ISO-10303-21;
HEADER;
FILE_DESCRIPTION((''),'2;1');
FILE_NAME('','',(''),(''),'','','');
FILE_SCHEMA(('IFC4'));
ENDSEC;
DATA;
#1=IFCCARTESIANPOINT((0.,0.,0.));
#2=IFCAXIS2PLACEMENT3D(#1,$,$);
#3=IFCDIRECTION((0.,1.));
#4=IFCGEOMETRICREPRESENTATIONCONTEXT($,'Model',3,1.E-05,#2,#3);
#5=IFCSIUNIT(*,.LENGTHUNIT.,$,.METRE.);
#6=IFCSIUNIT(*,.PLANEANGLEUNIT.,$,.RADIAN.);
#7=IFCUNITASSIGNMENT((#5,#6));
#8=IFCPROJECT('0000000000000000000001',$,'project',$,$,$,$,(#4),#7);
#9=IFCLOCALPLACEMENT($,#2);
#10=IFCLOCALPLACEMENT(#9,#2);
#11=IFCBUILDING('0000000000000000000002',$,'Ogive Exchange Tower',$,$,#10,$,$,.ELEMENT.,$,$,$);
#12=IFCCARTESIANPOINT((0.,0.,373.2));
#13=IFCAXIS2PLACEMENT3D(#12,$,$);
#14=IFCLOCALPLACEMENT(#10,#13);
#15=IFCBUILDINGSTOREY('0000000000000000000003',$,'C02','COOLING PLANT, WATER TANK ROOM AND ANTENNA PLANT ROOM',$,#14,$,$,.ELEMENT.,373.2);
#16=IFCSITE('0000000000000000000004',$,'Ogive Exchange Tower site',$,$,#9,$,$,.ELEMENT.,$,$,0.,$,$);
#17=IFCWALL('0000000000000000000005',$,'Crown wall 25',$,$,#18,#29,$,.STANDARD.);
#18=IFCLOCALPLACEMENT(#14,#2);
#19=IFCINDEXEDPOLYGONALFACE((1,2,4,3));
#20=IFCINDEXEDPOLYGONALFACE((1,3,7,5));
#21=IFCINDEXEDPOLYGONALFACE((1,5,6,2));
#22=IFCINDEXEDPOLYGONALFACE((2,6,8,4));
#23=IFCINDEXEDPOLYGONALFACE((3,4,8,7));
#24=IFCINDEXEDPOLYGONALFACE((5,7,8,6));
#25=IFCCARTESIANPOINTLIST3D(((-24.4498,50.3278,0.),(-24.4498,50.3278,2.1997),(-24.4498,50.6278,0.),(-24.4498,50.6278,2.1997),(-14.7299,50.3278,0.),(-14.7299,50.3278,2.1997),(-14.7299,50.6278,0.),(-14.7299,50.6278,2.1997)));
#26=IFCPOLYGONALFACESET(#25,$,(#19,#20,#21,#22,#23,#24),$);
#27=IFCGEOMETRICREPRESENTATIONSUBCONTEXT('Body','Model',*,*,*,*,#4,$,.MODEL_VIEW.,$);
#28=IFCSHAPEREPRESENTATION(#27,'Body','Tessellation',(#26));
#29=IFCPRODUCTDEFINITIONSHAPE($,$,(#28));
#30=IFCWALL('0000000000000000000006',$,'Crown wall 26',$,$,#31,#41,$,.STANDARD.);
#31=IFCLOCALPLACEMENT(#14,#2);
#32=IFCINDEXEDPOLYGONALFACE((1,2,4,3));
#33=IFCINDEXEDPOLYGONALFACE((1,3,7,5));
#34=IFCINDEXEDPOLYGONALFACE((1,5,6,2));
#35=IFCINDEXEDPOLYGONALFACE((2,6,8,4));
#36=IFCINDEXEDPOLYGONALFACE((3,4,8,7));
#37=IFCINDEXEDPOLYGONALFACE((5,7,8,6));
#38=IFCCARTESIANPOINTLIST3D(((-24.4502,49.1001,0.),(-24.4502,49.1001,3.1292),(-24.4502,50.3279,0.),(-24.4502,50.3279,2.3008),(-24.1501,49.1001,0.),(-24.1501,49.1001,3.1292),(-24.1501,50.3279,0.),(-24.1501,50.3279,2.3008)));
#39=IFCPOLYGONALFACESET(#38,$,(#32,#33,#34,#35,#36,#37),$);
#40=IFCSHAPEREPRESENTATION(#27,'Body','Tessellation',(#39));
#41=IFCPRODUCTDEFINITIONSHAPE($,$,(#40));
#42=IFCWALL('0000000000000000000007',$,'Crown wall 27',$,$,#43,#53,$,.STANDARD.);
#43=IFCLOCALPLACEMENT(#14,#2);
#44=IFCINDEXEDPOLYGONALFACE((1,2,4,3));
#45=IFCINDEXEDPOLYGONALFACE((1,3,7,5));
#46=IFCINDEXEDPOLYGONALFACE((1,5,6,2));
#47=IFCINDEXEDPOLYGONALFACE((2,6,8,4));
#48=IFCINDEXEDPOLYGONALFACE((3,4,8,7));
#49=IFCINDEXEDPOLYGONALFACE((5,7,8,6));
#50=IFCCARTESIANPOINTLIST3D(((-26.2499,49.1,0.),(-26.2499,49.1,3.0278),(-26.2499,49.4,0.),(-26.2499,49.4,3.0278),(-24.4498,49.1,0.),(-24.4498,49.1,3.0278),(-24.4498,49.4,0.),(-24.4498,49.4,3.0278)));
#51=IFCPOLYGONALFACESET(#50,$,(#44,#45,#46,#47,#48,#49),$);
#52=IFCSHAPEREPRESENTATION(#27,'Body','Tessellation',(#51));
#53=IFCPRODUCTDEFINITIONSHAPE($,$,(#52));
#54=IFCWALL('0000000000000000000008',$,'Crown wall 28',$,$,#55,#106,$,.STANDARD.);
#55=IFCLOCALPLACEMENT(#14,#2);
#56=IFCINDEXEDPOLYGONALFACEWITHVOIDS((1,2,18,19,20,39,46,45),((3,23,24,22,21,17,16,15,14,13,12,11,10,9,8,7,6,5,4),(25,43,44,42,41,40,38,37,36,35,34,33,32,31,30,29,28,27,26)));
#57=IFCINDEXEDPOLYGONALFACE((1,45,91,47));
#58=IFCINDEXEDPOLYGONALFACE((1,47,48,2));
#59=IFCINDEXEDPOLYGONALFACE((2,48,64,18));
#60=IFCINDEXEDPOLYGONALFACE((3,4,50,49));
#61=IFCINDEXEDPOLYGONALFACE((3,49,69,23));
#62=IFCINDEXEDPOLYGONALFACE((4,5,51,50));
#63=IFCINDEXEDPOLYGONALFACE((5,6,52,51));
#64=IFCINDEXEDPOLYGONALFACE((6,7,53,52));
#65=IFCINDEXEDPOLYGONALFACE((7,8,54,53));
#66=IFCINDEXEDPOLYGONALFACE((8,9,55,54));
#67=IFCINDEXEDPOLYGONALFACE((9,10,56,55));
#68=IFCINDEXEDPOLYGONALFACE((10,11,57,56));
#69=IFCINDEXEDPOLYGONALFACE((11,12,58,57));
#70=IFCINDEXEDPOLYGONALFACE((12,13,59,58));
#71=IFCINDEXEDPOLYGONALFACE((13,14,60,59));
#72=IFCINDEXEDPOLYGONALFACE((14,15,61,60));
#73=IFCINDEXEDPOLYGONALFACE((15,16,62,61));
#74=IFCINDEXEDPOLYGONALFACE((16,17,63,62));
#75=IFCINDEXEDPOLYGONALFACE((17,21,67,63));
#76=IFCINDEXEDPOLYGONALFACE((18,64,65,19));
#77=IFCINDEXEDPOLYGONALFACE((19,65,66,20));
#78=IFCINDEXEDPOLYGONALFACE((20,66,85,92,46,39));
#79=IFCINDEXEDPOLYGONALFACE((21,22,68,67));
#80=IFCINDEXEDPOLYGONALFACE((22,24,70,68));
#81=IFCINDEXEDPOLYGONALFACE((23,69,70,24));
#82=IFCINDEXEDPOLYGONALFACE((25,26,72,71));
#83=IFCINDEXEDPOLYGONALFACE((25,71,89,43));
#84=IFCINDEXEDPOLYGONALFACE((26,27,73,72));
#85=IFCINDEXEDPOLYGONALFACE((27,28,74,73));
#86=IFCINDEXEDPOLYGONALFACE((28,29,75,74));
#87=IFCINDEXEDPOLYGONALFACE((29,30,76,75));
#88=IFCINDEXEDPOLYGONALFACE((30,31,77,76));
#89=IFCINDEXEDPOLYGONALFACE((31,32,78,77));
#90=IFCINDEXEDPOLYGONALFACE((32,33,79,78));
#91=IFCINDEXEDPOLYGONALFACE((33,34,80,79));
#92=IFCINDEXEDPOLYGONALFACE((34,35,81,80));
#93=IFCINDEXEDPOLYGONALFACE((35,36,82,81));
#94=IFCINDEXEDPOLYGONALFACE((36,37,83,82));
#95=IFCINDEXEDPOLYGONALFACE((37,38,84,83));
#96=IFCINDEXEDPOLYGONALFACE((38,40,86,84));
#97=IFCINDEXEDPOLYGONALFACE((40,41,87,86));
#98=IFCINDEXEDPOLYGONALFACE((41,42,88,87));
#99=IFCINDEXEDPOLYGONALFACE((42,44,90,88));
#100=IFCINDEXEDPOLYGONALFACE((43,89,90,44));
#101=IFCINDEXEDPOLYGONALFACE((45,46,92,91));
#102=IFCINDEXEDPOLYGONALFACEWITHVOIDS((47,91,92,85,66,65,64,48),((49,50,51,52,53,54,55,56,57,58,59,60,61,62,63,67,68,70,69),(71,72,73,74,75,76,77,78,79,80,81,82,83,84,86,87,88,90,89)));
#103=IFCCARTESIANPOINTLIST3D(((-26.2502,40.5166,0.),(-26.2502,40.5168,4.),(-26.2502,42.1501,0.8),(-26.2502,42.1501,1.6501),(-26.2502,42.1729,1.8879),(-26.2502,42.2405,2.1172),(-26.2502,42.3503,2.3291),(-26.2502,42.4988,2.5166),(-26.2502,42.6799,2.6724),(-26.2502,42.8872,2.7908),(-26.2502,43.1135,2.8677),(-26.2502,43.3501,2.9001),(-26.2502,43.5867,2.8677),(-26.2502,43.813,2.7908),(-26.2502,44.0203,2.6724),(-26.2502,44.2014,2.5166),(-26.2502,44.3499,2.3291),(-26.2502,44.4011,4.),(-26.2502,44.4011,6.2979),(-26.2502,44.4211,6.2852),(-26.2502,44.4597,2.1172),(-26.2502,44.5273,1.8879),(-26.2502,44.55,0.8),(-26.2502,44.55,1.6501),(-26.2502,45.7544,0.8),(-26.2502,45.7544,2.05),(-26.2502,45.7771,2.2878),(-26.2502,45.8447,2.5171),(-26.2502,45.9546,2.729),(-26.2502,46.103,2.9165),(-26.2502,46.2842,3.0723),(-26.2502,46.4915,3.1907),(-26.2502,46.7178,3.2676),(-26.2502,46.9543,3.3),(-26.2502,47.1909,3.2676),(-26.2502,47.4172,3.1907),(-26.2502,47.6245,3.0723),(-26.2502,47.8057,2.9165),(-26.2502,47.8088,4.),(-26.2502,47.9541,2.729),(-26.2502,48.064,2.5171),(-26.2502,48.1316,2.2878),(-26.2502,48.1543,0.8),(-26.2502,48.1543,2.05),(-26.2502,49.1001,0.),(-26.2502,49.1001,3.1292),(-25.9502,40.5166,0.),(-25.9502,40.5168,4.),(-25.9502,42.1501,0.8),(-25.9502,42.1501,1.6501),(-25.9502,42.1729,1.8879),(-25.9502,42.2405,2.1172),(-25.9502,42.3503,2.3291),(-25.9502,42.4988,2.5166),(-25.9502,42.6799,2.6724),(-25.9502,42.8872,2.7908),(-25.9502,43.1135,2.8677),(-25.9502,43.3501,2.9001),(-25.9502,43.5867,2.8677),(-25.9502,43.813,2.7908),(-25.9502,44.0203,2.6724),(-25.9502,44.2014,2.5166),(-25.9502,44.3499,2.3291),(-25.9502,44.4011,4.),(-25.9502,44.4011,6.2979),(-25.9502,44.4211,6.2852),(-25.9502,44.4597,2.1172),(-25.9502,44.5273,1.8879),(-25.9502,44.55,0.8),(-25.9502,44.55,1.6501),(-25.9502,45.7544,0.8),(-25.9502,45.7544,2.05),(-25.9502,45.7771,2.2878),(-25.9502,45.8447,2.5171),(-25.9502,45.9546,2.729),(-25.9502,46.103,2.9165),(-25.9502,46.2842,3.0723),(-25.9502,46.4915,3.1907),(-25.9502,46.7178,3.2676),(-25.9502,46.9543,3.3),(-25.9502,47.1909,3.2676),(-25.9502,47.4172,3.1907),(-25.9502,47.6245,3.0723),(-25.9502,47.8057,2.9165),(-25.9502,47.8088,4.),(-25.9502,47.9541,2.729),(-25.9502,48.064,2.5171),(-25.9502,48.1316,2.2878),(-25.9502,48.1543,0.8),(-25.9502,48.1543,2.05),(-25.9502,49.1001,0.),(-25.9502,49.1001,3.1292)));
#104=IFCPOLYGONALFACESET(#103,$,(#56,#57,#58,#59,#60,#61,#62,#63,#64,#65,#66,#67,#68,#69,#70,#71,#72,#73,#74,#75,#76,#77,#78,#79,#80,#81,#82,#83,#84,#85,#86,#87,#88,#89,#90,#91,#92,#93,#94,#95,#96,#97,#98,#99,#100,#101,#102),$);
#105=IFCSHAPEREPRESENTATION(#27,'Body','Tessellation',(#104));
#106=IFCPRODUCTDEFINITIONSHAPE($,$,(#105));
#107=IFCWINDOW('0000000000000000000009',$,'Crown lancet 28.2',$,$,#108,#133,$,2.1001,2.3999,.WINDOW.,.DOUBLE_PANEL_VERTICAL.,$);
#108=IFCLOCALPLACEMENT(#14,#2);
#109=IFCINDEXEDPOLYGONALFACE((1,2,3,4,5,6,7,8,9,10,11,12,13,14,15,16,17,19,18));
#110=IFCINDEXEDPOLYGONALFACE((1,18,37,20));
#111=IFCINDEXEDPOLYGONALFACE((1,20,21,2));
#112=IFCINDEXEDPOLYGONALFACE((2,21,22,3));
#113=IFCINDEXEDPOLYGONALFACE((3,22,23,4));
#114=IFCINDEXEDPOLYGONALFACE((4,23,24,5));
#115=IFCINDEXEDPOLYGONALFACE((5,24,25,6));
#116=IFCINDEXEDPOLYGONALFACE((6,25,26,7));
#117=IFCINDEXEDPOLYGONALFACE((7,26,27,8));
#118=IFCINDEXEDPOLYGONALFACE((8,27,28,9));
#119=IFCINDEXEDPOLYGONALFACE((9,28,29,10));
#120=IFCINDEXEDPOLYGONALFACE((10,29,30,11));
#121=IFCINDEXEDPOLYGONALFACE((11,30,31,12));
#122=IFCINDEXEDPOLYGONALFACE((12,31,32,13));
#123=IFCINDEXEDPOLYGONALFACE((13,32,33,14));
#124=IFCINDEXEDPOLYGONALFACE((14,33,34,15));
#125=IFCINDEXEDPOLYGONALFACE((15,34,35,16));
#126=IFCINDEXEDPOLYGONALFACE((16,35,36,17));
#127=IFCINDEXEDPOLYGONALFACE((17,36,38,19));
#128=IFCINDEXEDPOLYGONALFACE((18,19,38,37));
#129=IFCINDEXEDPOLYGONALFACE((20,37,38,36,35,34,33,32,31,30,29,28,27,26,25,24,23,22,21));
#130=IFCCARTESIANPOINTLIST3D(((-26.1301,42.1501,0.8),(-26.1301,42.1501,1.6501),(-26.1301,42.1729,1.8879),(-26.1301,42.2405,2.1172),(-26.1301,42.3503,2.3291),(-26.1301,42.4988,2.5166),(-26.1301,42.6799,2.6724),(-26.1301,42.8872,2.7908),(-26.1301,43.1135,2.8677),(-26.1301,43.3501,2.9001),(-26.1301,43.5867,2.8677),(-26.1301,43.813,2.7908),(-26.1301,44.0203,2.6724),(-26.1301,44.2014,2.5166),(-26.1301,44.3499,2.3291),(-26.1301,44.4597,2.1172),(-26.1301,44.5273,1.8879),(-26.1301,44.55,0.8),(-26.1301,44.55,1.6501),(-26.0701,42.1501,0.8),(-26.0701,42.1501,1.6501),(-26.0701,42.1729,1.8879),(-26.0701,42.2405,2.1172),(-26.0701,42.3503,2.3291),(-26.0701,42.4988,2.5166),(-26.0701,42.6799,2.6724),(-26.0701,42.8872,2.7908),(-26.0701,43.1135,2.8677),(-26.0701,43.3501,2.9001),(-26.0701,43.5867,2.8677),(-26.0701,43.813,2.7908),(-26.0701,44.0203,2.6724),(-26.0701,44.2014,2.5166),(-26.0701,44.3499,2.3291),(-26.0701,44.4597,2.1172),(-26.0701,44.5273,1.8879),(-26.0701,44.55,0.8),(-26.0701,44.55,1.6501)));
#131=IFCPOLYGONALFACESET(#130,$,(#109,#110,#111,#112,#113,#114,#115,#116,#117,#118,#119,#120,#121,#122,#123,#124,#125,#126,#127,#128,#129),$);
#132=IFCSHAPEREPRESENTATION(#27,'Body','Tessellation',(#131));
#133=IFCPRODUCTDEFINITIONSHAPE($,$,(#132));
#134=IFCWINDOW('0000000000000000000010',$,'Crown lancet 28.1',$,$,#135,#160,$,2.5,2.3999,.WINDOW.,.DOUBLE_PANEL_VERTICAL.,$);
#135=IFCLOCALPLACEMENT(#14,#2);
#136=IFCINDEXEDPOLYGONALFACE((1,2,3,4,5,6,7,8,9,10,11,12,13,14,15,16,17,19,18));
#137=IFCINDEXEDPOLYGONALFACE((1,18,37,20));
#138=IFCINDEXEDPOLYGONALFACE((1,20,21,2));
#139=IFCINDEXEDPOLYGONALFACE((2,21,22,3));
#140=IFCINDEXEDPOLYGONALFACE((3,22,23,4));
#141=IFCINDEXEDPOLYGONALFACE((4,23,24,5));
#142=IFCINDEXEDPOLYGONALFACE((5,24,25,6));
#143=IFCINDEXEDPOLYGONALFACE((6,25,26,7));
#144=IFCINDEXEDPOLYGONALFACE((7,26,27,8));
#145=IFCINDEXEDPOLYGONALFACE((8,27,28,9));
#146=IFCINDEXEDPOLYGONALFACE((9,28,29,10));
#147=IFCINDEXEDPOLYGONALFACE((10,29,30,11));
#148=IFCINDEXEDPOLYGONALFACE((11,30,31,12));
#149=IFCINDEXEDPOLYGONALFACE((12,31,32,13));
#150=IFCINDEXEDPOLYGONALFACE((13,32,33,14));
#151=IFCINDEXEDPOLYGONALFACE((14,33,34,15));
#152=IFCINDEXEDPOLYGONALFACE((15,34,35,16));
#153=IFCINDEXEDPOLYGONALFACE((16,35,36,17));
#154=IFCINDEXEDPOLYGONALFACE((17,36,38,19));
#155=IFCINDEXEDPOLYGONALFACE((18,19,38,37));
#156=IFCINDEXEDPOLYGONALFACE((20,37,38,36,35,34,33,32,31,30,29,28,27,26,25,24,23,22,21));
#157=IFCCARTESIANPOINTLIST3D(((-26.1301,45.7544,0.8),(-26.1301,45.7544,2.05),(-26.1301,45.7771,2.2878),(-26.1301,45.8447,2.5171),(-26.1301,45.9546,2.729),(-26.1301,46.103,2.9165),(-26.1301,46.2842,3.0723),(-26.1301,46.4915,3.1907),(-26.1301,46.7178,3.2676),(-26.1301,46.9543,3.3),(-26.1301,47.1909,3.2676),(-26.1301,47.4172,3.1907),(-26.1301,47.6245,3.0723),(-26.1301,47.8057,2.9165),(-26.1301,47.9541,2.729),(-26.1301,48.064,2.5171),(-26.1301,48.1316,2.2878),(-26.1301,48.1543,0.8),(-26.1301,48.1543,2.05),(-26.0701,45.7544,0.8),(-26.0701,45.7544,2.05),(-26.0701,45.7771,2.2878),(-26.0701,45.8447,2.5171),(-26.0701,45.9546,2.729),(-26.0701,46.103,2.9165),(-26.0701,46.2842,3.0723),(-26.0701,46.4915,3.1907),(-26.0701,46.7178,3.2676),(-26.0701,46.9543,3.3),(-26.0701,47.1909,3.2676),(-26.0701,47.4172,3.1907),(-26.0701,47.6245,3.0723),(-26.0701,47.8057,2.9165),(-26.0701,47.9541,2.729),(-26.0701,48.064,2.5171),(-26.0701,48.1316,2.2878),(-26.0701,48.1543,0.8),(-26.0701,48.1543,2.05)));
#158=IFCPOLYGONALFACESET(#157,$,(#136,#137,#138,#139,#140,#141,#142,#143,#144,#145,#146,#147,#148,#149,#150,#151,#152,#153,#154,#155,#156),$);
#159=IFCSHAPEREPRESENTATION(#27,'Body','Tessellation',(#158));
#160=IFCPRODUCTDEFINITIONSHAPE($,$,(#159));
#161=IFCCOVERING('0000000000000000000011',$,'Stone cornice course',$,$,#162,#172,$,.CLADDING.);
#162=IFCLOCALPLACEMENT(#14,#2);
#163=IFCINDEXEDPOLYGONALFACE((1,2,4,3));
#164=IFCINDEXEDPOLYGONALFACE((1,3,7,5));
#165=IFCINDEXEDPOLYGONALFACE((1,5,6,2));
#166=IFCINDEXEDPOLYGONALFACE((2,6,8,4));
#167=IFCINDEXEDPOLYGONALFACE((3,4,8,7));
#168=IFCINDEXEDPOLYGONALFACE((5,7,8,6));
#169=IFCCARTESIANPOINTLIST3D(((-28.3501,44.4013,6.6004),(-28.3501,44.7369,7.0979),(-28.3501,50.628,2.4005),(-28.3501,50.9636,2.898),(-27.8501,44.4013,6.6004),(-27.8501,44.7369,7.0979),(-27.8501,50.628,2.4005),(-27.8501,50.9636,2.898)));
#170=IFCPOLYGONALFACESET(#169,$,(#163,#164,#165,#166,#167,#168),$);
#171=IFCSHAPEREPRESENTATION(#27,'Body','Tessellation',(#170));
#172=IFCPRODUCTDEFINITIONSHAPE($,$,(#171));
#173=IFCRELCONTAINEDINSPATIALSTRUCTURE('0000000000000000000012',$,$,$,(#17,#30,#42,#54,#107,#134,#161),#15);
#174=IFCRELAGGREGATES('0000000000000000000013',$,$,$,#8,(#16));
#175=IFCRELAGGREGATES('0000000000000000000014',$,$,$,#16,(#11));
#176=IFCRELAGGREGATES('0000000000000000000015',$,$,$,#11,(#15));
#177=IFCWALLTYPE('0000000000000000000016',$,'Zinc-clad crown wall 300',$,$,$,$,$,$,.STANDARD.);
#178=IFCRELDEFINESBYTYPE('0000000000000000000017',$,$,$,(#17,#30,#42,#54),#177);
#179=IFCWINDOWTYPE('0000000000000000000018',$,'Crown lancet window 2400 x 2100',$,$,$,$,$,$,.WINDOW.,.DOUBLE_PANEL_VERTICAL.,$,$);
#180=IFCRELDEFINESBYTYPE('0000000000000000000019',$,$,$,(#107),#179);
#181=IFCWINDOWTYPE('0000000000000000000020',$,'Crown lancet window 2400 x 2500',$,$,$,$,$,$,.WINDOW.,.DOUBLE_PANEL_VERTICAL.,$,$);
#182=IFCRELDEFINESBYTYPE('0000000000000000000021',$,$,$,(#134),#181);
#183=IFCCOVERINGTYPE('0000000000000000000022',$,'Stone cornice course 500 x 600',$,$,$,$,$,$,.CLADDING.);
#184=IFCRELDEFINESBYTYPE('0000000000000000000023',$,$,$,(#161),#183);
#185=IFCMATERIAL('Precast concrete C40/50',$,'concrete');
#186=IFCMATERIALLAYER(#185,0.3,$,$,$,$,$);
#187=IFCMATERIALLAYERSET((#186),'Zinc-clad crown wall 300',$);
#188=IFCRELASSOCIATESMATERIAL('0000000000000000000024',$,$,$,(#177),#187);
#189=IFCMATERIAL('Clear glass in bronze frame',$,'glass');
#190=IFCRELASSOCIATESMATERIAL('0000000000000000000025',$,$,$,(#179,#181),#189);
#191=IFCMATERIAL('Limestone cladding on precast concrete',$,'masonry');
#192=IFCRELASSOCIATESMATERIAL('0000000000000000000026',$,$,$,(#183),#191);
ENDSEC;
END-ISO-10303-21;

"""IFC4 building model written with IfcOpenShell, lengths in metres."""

from ifc_helpers import new_model, si_unit, direction, frame, frame_2d, origin, origin_2d, place, context, subcontext, project, spatial, polyline, rectangle, outline, extrude, material, layer, layer_set, material_profile, profile_set, type_object, element, fill, save


model = new_model("IFC4")

# Units and contexts
model_context = context("Model", 3, precision=1e-05, world=origin(), true_north=direction((0.0, 1.0)))
body_context = subcontext(model_context, "Body", "Model", "MODEL_VIEW")
ifc_project = project(units=[si_unit("LENGTHUNIT", "METRE"), si_unit("PLANEANGLEUNIT", "RADIAN")], contexts=[model_context])

# Site, building, storey
site_placement = place(None, origin())
site = spatial("IfcSite", under=ifc_project, at=site_placement, Name="Ogive Exchange Tower site", CompositionType="ELEMENT", RefElevation=0.0)
building_placement = place(site_placement, origin())
building = spatial("IfcBuilding", under=site, at=building_placement, Name="Ogive Exchange Tower", CompositionType="ELEMENT")
storey_placement = place(building_placement, frame((0.0, 0.0, 373.2)))
storey = spatial("IfcBuildingStorey", under=building, at=storey_placement, Name="C02", Description="COOLING PLANT, WATER TANK ROOM AND ANTENNA PLANT ROOM", CompositionType="ELEMENT", Elevation=373.2)

# Walls
ifc_material_1 = material(Name="Precast concrete C40/50", Category="concrete")
ifc_layer_1 = layer(ifc_material_1, 0.3)
ifc_layer_set_1 = layer_set([ifc_layer_1], Name="Zinc-clad crown wall 300")
wall_type_1 = type_object("IfcWallType", Name="Zinc-clad crown wall 300", PredefinedType="STANDARD", material=ifc_layer_set_1)
for number, where, z_axis, x_axis, name in (
    (1, (-14.73, 50.4778, 0.0), (0.0, 0.0, 1.0), (-1.0, 0.0, 0.0), "Crown wall 25"),
):
    element("IfcWall", number, at=place(storey_placement, frame(where, z_axis=z_axis, x_axis=x_axis)), inside=storey, type_object=wall_type_1, Name=name, PredefinedType="STANDARD", context=body_context, shape_type="SweptSolid", body=[
        extrude(rectangle(XDim=9.72, YDim=0.3, at=frame_2d((4.8599, 0.0))), origin(), (0.0, 0.0, 1.0), 2.1997),
    ])
wall_1_placement = place(storey_placement, frame((-24.3, 50.3279, 0.0), z_axis=(0.0, 0.0, 1.0), x_axis=(0.0, -1.0, 0.0)))
element("IfcWall", 2, at=wall_1_placement, inside=storey, type_object=wall_type_1, Name="Crown wall 26", PredefinedType="STANDARD", context=body_context, shape_type="SweptSolid", body=[
    extrude(outline(polyline([(0.0, 0.0), (1.2278, 0.0), (1.2278, 3.1292), (0.0, 2.3008), (0.0, 0.0)])), frame((0.0, 0.1499, 0.0), z_axis=(0.0, -1.0, 0.0), x_axis=(1.0, 0.0, 0.0)), (0.0, 0.0, 1.0), 0.3),
])
wall_2_placement = place(storey_placement, frame((-24.45, 49.25, 0.0), z_axis=(0.0, 0.0, 1.0), x_axis=(-1.0, 0.0, 0.0)))
element("IfcWall", 3, at=wall_2_placement, inside=storey, type_object=wall_type_1, Name="Crown wall 27", PredefinedType="STANDARD", context=body_context, shape_type="SweptSolid", body=[
    extrude(rectangle(XDim=1.8, YDim=0.3, at=frame_2d((0.8999, 0.0))), origin(), (0.0, 0.0, 1.0), 3.0278),
])

# Wall, openings, windows
wall_3_placement = place(storey_placement, frame((-26.1001, 49.1001, 0.0), z_axis=(0.0, 0.0, 1.0), x_axis=(0.0, -1.0, 0.0)))
wall_3 = element("IfcWall", 4, at=wall_3_placement, inside=storey, type_object=wall_type_1, Name="Crown wall 28", PredefinedType="STANDARD", context=body_context, shape_type="SweptSolid", body=[
    extrude(outline(polyline([(0.0, 0.0), (8.5835, 0.0), (8.5833, 4.0), (4.699, 4.0), (4.699, 6.2979), (4.679, 6.2852), (1.2913, 4.0), (0.0, 3.1292), (0.0, 0.0)])), frame((0.0, 0.1499, 0.0), z_axis=(0.0, -1.0, 0.0), x_axis=(1.0, 0.0, 0.0)), (0.0, 0.0, 1.0), 0.3),
])
opening_1_placement = place(wall_3_placement, frame((0.9458, 0.0, 0.8)))
opening_1 = element("IfcOpeningElement", 5, at=opening_1_placement, cuts=wall_3, PredefinedType="OPENING", context=body_context, shape_type="SweptSolid", body=[
    extrude(outline(polyline([(0.0, 0.0), (2.3999, 0.0), (2.3999, 1.25), (2.3772, 1.4878), (2.3096, 1.717), (2.1997, 1.929), (2.0513, 2.1165), (1.8701, 2.2722), (1.6628, 2.3906), (1.4365, 2.4675), (1.2, 2.5), (0.9634, 2.4675), (0.7371, 2.3906), (0.5298, 2.2722), (0.3486, 2.1165), (0.2002, 1.929), (0.0903, 1.717), (0.0227, 1.4878), (0.0, 1.25), (0.0, 0.0)])), frame((0.0, 0.1599, 0.0), z_axis=(0.0, -1.0, 0.0), x_axis=(1.0, 0.0, 0.0)), (0.0, 0.0, 1.0), 0.3201),
])
opening_2_placement = place(wall_3_placement, frame((4.55, 0.0, 0.8)))
opening_2 = element("IfcOpeningElement", 6, at=opening_2_placement, cuts=wall_3, PredefinedType="OPENING", context=body_context, shape_type="SweptSolid", body=[
    extrude(outline(polyline([(0.0, 0.0), (2.3999, 0.0), (2.3999, 0.8501), (2.3772, 1.0879), (2.3096, 1.3171), (2.1997, 1.5291), (2.0513, 1.7166), (1.8701, 1.8723), (1.6628, 1.9907), (1.4365, 2.0676), (1.2, 2.1001), (0.9634, 2.0676), (0.7371, 1.9907), (0.5298, 1.8723), (0.3486, 1.7166), (0.2002, 1.5291), (0.0903, 1.3171), (0.0227, 1.0879), (0.0, 0.8501), (0.0, 0.0)])), frame((0.0, 0.1599, 0.0), z_axis=(0.0, -1.0, 0.0), x_axis=(1.0, 0.0, 0.0)), (0.0, 0.0, 1.0), 0.3201),
])
ifc_material_2 = material(Name="Clear glass in bronze frame", Category="glass")
window_type_1 = type_object("IfcWindowType", Name="Crown lancet window 2400 x 2100", PartitioningType="DOUBLE_PANEL_VERTICAL", PredefinedType="WINDOW", material=ifc_material_2)
window_1_placement = place(opening_2_placement, origin())
window_1 = element("IfcWindow", 7, at=window_1_placement, inside=storey, type_object=window_type_1, Name="Crown lancet 28.2", OverallHeight=2.1001, OverallWidth=2.3999, PartitioningType="DOUBLE_PANEL_VERTICAL", PredefinedType="WINDOW", context=body_context, shape_type="SweptSolid", body=[
    extrude(outline(polyline([(0.0, 0.0), (2.3999, 0.0), (2.3999, 0.8501), (2.3772, 1.0879), (2.3096, 1.3171), (2.1997, 1.5291), (2.0513, 1.7166), (1.8701, 1.8723), (1.6628, 1.9907), (1.4365, 2.0676), (1.2, 2.1001), (0.9634, 2.0676), (0.7371, 1.9907), (0.5298, 1.8723), (0.3486, 1.7166), (0.2002, 1.5291), (0.0903, 1.3171), (0.0227, 1.0879), (0.0, 0.8501), (0.0, 0.0)])), frame((0.0, 0.03, 0.0), z_axis=(0.0, -1.0, 0.0), x_axis=(1.0, 0.0, 0.0)), (0.0, 0.0, 1.0), 0.0601),
])
fill(opening_2, window_1)
window_type_2 = type_object("IfcWindowType", Name="Crown lancet window 2400 x 2500", PartitioningType="DOUBLE_PANEL_VERTICAL", PredefinedType="WINDOW", material=ifc_material_2)
window_2_placement = place(opening_1_placement, origin())
window_2 = element("IfcWindow", 8, at=window_2_placement, inside=storey, type_object=window_type_2, Name="Crown lancet 28.1", OverallHeight=2.5, OverallWidth=2.3999, PartitioningType="DOUBLE_PANEL_VERTICAL", PredefinedType="WINDOW", context=body_context, shape_type="SweptSolid", body=[
    extrude(outline(polyline([(0.0, 0.0), (2.3999, 0.0), (2.3999, 1.25), (2.3772, 1.4878), (2.3096, 1.717), (2.1997, 1.929), (2.0513, 2.1165), (1.8701, 2.2722), (1.6628, 2.3906), (1.4365, 2.4675), (1.2, 2.5), (0.9634, 2.4675), (0.7371, 2.3906), (0.5298, 2.2722), (0.3486, 2.1165), (0.2002, 1.929), (0.0903, 1.717), (0.0227, 1.4878), (0.0, 1.25), (0.0, 0.0)])), frame((0.0, 0.03, 0.0), z_axis=(0.0, -1.0, 0.0), x_axis=(1.0, 0.0, 0.0)), (0.0, 0.0, 1.0), 0.0601),
])
fill(opening_1, window_2)

# Covering
ifc_material_3 = material(Name="Limestone cladding on precast concrete", Category="masonry")
ifc_material_profile_1 = material_profile(ifc_material_3, rectangle(XDim=0.5, YDim=0.6001, at=origin_2d()), Name="CORNICE 500 x 600")
ifc_profile_set_1 = profile_set([ifc_material_profile_1], Name="Limestone cladding on precast concrete")
covering_type_1 = type_object("IfcCoveringType", Name="Stone cornice course 500 x 600", PredefinedType="CLADDING", material=ifc_profile_set_1)
covering_1_placement = place(storey_placement, frame((-28.1001, 44.5691, 6.8491), z_axis=(0.0, 0.829043, -0.559185), x_axis=(-1.0, 0.0, 0.0)))
element("IfcCovering", 9, at=covering_1_placement, inside=storey, type_object=covering_type_1, Name="Stone cornice course", PredefinedType="CLADDING", context=body_context, shape_type="SweptSolid", body=[
    extrude(rectangle(XDim=0.5, YDim=0.6001, at=origin_2d()), origin(), (0.0, 0.0, 1.0), 7.5107),
])

save(model, "model.ifc")
